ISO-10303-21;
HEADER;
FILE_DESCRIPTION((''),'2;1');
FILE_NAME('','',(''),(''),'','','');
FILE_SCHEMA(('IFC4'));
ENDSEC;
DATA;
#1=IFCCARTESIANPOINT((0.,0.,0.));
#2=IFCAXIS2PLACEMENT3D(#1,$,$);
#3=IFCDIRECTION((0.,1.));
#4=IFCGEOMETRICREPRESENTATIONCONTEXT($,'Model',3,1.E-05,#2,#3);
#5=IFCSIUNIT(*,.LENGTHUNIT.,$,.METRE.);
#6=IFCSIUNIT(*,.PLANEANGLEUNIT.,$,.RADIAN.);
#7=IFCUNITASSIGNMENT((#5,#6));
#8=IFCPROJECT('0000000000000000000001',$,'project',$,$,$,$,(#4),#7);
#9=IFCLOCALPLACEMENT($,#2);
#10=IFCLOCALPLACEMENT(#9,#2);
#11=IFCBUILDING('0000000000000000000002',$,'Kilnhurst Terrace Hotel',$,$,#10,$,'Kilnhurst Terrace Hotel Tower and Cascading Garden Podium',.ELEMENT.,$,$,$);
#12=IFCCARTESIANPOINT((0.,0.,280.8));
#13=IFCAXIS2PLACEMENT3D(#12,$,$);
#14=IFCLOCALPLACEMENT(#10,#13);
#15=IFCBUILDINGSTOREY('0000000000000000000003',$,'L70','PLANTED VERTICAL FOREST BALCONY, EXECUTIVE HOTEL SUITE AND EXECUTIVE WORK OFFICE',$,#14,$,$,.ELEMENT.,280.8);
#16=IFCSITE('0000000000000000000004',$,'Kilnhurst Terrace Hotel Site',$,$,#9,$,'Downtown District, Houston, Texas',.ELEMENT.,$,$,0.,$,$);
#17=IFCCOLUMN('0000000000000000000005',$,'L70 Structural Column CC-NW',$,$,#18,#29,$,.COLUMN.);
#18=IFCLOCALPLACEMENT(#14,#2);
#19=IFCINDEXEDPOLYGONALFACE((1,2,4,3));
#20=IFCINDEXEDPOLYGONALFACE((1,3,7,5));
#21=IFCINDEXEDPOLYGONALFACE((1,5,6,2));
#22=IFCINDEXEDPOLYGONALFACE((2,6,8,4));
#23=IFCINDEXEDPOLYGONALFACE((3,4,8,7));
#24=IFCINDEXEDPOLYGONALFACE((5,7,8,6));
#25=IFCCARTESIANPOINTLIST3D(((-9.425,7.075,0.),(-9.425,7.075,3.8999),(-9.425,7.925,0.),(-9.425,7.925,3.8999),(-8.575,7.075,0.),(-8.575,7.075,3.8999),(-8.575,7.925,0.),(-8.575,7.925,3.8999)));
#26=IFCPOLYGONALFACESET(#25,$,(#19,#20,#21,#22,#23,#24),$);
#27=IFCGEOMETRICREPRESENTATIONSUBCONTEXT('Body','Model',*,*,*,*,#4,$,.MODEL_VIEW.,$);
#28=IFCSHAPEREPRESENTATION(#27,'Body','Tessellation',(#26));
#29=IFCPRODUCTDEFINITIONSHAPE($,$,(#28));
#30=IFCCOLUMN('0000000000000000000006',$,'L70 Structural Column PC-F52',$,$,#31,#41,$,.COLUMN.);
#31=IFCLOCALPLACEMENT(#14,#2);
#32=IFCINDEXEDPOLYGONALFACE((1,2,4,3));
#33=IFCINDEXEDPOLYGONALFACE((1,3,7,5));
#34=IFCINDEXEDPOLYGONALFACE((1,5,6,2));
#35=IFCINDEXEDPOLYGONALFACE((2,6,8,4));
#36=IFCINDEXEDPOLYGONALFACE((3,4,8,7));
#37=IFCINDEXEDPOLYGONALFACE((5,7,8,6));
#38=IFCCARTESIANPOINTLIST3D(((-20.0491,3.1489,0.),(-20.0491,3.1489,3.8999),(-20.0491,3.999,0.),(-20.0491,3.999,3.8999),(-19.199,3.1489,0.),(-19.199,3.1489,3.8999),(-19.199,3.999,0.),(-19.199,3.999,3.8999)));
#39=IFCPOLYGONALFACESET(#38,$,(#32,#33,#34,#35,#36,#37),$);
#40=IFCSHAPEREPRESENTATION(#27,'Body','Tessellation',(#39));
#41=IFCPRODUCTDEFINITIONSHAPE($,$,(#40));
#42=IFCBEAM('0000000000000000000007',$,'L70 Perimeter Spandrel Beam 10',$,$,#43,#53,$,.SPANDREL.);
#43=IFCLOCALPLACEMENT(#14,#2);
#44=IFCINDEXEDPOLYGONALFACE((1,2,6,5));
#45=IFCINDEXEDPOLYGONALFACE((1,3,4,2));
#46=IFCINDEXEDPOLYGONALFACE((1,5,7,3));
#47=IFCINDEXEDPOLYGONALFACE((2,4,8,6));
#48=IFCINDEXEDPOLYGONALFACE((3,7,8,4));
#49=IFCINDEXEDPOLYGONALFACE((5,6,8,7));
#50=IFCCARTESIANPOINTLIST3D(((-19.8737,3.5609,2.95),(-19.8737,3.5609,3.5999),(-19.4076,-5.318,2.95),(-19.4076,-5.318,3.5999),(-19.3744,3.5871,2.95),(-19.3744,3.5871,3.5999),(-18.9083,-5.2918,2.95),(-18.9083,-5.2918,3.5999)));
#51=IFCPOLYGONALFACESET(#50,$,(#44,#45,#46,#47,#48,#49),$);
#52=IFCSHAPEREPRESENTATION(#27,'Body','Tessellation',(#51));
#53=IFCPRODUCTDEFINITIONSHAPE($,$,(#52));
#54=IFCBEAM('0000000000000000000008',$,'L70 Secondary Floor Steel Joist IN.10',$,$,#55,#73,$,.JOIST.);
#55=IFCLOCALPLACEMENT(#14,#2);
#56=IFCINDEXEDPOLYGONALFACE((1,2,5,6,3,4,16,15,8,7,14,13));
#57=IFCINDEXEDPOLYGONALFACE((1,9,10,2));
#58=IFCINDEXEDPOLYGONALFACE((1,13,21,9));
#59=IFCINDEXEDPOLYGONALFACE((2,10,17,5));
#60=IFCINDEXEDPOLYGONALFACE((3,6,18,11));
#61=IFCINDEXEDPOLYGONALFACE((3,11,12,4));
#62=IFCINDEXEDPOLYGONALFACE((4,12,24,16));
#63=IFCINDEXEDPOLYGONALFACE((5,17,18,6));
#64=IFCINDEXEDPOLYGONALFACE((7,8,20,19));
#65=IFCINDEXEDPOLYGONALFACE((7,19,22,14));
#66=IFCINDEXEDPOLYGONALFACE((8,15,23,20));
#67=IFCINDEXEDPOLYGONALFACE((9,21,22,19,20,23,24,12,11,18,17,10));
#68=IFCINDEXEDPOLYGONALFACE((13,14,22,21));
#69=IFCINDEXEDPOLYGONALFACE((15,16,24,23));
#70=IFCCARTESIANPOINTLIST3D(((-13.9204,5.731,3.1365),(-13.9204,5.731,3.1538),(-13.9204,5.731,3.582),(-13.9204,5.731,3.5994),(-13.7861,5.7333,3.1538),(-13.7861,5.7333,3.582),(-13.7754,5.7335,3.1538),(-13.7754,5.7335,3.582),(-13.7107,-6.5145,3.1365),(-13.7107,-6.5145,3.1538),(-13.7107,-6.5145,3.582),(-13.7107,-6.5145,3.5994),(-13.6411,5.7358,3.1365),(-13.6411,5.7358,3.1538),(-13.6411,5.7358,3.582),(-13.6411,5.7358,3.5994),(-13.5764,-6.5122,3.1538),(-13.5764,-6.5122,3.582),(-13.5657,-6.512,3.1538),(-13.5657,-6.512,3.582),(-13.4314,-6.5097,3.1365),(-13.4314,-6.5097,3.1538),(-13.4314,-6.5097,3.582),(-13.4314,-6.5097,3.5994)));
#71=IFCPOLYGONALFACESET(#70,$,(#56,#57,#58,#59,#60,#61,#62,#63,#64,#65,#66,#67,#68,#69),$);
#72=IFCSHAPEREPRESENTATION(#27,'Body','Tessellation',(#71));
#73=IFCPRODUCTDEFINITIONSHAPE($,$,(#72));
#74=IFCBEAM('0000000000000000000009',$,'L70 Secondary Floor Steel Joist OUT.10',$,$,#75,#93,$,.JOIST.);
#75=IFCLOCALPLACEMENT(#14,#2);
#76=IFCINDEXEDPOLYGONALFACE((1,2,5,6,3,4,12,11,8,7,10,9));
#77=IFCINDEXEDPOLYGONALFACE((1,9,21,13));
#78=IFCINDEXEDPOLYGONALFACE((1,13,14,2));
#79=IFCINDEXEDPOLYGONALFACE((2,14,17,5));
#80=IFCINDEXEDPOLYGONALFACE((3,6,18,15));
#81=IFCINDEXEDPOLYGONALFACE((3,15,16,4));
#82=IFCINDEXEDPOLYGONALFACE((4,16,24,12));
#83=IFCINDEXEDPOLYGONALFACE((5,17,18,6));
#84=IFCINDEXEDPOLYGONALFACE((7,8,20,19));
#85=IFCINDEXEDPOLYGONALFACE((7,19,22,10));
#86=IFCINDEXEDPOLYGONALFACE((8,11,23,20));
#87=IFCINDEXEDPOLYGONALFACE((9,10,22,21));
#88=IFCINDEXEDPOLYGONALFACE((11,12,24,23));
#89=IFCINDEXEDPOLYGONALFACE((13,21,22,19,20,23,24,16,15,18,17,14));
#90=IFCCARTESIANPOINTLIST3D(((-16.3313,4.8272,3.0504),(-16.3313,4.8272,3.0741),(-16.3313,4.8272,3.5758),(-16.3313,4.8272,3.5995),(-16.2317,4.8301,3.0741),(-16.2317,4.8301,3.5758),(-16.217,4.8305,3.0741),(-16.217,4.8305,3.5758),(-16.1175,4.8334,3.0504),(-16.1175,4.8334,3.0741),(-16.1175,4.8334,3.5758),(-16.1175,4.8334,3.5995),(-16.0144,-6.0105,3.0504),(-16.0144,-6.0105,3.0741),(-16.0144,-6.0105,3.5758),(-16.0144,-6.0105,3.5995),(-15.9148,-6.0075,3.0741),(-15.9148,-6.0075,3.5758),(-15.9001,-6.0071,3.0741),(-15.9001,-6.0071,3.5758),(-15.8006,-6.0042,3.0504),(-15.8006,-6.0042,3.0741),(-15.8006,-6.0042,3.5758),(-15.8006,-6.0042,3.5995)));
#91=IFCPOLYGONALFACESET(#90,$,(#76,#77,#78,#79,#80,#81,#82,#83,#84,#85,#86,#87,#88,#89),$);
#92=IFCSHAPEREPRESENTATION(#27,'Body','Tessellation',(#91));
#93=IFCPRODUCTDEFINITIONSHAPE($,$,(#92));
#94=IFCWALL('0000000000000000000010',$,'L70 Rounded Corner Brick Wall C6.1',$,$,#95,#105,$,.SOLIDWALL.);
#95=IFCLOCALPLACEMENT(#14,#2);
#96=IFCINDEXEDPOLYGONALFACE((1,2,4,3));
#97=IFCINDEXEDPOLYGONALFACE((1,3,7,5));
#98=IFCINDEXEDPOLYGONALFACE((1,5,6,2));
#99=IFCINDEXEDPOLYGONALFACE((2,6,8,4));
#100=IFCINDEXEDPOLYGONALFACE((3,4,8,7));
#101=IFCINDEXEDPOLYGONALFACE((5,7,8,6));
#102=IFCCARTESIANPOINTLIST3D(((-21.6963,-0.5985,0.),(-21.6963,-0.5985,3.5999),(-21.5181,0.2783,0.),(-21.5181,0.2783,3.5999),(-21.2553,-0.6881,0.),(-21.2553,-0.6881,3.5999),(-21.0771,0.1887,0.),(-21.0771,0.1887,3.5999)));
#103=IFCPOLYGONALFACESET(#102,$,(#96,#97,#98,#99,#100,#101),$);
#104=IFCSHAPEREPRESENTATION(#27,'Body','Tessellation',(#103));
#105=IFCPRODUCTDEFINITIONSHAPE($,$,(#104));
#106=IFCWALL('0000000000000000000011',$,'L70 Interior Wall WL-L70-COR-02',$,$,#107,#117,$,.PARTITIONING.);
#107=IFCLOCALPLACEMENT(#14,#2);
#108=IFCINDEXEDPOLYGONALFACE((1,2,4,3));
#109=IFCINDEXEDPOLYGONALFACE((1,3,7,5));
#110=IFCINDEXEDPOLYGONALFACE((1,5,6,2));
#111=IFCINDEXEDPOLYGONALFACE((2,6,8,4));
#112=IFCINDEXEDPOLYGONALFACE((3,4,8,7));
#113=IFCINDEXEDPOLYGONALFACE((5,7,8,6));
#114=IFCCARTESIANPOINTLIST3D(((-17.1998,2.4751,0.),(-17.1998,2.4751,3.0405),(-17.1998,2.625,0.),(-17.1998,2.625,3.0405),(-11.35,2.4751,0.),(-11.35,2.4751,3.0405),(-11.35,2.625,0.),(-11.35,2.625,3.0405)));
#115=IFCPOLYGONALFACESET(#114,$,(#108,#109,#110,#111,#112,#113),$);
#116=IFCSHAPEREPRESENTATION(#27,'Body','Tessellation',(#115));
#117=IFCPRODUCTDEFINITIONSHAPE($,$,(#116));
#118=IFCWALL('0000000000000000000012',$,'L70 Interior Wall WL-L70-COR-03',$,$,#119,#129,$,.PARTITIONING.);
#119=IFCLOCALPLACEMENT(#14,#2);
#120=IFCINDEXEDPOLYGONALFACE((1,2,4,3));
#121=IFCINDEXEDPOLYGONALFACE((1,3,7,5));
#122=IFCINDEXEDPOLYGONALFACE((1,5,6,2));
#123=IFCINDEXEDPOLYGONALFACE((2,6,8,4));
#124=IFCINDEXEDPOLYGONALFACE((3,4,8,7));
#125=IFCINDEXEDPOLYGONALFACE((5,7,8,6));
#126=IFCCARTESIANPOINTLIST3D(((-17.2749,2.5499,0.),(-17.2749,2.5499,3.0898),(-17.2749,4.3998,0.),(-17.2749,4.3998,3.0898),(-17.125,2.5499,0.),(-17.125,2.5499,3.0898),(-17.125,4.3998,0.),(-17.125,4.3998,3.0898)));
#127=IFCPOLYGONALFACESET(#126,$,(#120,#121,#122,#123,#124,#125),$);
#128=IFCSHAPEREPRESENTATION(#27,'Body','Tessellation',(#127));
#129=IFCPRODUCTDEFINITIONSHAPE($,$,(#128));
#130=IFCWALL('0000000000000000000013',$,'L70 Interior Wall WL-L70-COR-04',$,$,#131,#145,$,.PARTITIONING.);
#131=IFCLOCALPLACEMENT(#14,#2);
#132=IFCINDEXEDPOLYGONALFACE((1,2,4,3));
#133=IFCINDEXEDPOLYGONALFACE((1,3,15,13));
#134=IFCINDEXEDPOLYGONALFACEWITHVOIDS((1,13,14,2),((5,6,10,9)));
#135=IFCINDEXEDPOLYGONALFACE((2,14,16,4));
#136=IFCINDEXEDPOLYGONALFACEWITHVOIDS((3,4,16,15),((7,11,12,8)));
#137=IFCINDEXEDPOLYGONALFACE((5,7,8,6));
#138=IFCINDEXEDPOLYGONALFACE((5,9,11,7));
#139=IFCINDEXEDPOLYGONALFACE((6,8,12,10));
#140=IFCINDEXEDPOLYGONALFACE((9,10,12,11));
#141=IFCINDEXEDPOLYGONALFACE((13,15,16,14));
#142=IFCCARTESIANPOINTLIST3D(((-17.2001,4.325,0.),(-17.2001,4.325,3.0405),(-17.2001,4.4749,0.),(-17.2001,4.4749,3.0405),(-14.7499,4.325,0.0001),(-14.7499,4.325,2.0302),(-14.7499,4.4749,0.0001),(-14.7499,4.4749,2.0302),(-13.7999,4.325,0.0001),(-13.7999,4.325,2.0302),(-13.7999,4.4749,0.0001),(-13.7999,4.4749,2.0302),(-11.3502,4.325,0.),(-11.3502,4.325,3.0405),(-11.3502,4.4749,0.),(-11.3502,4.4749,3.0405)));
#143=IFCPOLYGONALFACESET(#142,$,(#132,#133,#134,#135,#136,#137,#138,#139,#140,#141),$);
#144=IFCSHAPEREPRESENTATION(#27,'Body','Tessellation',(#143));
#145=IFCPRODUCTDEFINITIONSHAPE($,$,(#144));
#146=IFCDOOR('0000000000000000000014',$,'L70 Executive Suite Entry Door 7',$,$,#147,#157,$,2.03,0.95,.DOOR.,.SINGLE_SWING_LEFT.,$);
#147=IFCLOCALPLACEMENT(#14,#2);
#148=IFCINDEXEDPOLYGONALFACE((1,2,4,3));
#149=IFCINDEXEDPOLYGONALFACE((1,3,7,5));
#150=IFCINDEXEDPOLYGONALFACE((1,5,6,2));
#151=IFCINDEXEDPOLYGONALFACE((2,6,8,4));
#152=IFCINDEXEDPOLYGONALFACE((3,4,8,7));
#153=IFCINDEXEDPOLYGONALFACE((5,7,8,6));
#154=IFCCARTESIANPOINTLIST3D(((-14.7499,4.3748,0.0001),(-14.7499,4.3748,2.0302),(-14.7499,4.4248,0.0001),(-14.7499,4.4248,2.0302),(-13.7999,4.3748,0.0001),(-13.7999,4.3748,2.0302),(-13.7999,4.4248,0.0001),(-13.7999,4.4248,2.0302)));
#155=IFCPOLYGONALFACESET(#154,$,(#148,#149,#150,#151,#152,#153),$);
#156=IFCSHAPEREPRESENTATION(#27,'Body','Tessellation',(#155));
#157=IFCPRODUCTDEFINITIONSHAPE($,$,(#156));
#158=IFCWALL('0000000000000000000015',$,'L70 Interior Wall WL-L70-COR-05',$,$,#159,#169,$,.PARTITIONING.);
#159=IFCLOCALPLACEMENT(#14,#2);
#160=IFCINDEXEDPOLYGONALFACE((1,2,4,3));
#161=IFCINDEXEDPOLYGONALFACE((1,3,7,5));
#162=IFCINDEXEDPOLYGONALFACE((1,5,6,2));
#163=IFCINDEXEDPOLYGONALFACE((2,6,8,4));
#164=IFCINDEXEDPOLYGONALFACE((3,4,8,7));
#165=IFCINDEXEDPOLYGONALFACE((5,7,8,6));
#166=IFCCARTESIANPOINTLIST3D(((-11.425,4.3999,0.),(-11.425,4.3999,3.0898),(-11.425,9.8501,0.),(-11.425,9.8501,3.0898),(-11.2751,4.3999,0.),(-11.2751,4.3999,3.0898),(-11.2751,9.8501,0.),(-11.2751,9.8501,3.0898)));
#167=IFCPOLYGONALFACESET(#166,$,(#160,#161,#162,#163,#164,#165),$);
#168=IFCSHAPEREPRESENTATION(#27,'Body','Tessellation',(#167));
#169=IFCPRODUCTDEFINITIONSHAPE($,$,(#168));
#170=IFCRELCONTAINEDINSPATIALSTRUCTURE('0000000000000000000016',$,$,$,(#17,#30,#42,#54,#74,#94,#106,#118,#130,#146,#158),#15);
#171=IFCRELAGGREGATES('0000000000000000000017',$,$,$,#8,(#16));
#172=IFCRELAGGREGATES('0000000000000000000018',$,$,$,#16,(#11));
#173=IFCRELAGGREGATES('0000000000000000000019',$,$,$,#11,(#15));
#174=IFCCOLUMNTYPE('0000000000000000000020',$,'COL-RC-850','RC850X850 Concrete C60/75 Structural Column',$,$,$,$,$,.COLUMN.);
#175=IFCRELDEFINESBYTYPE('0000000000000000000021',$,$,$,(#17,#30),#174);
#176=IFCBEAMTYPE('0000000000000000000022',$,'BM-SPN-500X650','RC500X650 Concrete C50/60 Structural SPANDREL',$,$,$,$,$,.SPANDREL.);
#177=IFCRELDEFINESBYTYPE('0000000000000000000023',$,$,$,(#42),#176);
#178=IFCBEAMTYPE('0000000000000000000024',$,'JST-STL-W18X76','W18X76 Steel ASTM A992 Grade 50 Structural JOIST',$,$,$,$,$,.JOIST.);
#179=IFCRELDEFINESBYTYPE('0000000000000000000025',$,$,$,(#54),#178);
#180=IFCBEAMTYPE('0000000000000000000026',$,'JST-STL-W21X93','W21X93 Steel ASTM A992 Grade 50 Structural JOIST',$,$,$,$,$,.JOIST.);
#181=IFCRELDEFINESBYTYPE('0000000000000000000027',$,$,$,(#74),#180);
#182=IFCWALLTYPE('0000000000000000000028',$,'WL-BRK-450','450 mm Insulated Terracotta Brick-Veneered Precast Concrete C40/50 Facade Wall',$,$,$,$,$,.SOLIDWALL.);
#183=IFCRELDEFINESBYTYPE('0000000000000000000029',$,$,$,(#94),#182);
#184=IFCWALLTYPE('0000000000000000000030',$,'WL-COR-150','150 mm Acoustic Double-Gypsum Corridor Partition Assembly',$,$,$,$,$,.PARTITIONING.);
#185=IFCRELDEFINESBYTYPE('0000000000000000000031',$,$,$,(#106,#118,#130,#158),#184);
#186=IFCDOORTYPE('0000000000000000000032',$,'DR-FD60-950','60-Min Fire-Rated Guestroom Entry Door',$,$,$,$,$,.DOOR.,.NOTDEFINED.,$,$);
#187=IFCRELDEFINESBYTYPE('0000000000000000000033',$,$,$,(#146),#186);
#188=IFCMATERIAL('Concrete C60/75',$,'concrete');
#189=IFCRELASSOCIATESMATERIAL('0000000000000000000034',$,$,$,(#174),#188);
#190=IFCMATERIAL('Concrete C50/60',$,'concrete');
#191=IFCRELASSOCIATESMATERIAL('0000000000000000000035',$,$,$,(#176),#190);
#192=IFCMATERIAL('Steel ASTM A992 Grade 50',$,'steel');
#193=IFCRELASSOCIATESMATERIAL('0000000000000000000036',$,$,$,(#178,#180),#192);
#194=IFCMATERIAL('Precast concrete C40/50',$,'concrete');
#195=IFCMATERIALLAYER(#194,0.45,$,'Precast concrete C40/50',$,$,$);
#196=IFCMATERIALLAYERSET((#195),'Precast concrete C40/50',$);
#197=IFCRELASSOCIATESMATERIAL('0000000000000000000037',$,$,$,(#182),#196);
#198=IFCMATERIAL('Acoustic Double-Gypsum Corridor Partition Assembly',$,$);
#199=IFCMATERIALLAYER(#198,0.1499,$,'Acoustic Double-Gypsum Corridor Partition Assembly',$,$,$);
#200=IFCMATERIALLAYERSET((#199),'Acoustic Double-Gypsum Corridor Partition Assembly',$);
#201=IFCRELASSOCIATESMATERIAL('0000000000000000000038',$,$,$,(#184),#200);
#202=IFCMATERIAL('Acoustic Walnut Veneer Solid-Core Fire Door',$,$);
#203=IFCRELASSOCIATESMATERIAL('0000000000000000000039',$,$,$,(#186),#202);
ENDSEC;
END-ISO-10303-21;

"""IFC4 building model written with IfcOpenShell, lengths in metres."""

from ifc_helpers import new_model, si_unit, direction, frame, frame_2d, origin, origin_2d, place, context, subcontext, project, spatial, rectangle, i_section, extrude, material, layer, layer_set, material_profile, profile_set, type_object, element, fill, save


model = new_model("IFC4")

# Units and contexts
model_context = context("Model", 3, precision=1e-05, world=origin(), true_north=direction((0.0, 1.0)))
body_context = subcontext(model_context, "Body", "Model", "MODEL_VIEW")
ifc_project = project(units=[si_unit("LENGTHUNIT", "METRE"), si_unit("PLANEANGLEUNIT", "RADIAN")], contexts=[model_context])

# Site, building, storey
site_placement = place(None, origin())
site = spatial("IfcSite", under=ifc_project, at=site_placement, Name="Kilnhurst Terrace Hotel Site", LongName="Downtown District, Houston, Texas", CompositionType="ELEMENT", RefElevation=0.0)
building_placement = place(site_placement, origin())
building = spatial("IfcBuilding", under=site, at=building_placement, Name="Kilnhurst Terrace Hotel", LongName="Kilnhurst Terrace Hotel Tower and Cascading Garden Podium", CompositionType="ELEMENT")
storey_placement = place(building_placement, frame((0.0, 0.0, 280.8)))
storey = spatial("IfcBuildingStorey", under=building, at=storey_placement, Name="L70", Description="PLANTED VERTICAL FOREST BALCONY, EXECUTIVE HOTEL SUITE AND EXECUTIVE WORK OFFICE", CompositionType="ELEMENT", Elevation=280.8)

# Columns
ifc_material_1 = material(Name="Concrete C60/75", Category="concrete")
ifc_material_profile_1 = material_profile(ifc_material_1, rectangle(XDim=0.8501, YDim=0.8501, at=origin_2d()), Name="RC850X850")
ifc_profile_set_1 = profile_set([ifc_material_profile_1], Name="Concrete C60/75")
column_type = type_object("IfcColumnType", Name="COL-RC-850", Description="RC850X850 Concrete C60/75 Structural Column", PredefinedType="COLUMN", material=ifc_profile_set_1)
for number, where, z_axis, x_axis, name in (
    (1, (-9.0, 7.5, 0.0), (0.0, 0.0, 1.0), (1.0, 0.0, 0.0), "L70 Structural Column CC-NW"),
    (2, (-19.624, 3.574, 0.0), (0.0, 0.0, 1.0), (1.0, 0.0, 0.0), "L70 Structural Column PC-F52"),
):
    element("IfcColumn", number, at=place(storey_placement, frame(where, z_axis=z_axis, x_axis=x_axis)), inside=storey, type_object=column_type, Name=name, PredefinedType="COLUMN", context=body_context, shape_type="SweptSolid", body=[
        extrude(rectangle(XDim=0.8501, YDim=0.8501, at=origin_2d()), origin(), (0.0, 0.0, 1.0), 3.8999),
    ])

# Beams
ifc_material_2 = material(Name="Concrete C50/60", Category="concrete")
ifc_material_profile_2 = material_profile(ifc_material_2, rectangle(XDim=0.5, YDim=0.6499, at=origin_2d()), Name="RC500X650")
ifc_profile_set_2 = profile_set([ifc_material_profile_2], Name="Concrete C50/60")
beam_type_1 = type_object("IfcBeamType", Name="BM-SPN-500X650", Description="RC500X650 Concrete C50/60 Structural SPANDREL", PredefinedType="SPANDREL", material=ifc_profile_set_2)
beam_1_placement = place(storey_placement, frame((-19.624, 3.574, 3.2749), z_axis=(0.052419, -0.998625, 0.0), x_axis=(0.998625, 0.052419, 0.0)))
element("IfcBeam", 3, at=beam_1_placement, inside=storey, type_object=beam_type_1, Name="L70 Perimeter Spandrel Beam 10", PredefinedType="SPANDREL", context=body_context, shape_type="SweptSolid", body=[
    extrude(rectangle(XDim=0.5, YDim=0.6499, at=origin_2d()), origin(), (0.0, 0.0, 1.0), 8.8911),
])
ifc_material_3 = material(Name="Steel ASTM A992 Grade 50", Category="steel")
ifc_material_profile_3 = material_profile(ifc_material_3, i_section(OverallWidth=0.2793, OverallDepth=0.4629, WebThickness=0.0107, FlangeThickness=0.0173, at=origin_2d()), Name="W18X76")
ifc_profile_set_3 = profile_set([ifc_material_profile_3], Name="Steel ASTM A992 Grade 50")
beam_type_2 = type_object("IfcBeamType", Name="JST-STL-W18X76", Description="W18X76 Steel ASTM A992 Grade 50 Structural JOIST", PredefinedType="JOIST", material=ifc_profile_set_3)
beam_2_placement = place(storey_placement, frame((-13.7808, 5.7334, 3.3679), z_axis=(0.017123, -0.999853, 0.0), x_axis=(0.999853, 0.017123, 0.0)))
element("IfcBeam", 4, at=beam_2_placement, inside=storey, type_object=beam_type_2, Name="L70 Secondary Floor Steel Joist IN.10", PredefinedType="JOIST", context=body_context, shape_type="SweptSolid", body=[
    extrude(i_section(OverallWidth=0.2793, OverallDepth=0.4629, WebThickness=0.0107, FlangeThickness=0.0173, at=origin_2d()), origin(), (0.0, 0.0, 1.0), 12.2473),
])
ifc_material_profile_4 = material_profile(ifc_material_3, i_section(OverallWidth=0.2139, OverallDepth=0.5491, WebThickness=0.0146, FlangeThickness=0.0237, at=origin_2d()), Name="W21X93")
ifc_profile_set_4 = profile_set([ifc_material_profile_4], Name="Steel ASTM A992 Grade 50")
beam_type_3 = type_object("IfcBeamType", Name="JST-STL-W21X93", Description="W21X93 Steel ASTM A992 Grade 50 Structural JOIST", PredefinedType="JOIST", material=ifc_profile_set_4)
beam_3_placement = place(storey_placement, frame((-16.2244, 4.8303, 3.325), z_axis=(0.029228, -0.999573, 0.0), x_axis=(0.999573, 0.029228, 0.0)))
element("IfcBeam", 5, at=beam_3_placement, inside=storey, type_object=beam_type_3, Name="L70 Secondary Floor Steel Joist OUT.10", PredefinedType="JOIST", context=body_context, shape_type="SweptSolid", body=[
    extrude(i_section(OverallWidth=0.2139, OverallDepth=0.5491, WebThickness=0.0146, FlangeThickness=0.0237, at=origin_2d()), origin(), (0.0, 0.0, 1.0), 10.8423),
])

# Walls
ifc_material_4 = material(Name="Precast concrete C40/50", Category="concrete")
ifc_layer_1 = layer(ifc_material_4, 0.45, Name="Precast concrete C40/50")
ifc_layer_set_1 = layer_set([ifc_layer_1], Name="Precast concrete C40/50")
wall_type_1 = type_object("IfcWallType", Name="WL-BRK-450", Description="450 mm Insulated Terracotta Brick-Veneered Precast Concrete C40/50 Facade Wall", PredefinedType="SOLIDWALL", material=ifc_layer_set_1)
wall_1_placement = place(storey_placement, frame((-21.2976, 0.2334, 0.0), z_axis=(0.0, 0.0, 1.0), x_axis=(-0.199158, -0.979967, 0.0)))
element("IfcWall", 6, at=wall_1_placement, inside=storey, type_object=wall_type_1, Name="L70 Rounded Corner Brick Wall C6.1", PredefinedType="SOLIDWALL", context=body_context, shape_type="SweptSolid", body=[
    extrude(rectangle(XDim=0.8948, YDim=0.45, at=frame_2d((0.4473, 0.0))), origin(), (0.0, 0.0, 1.0), 3.5999),
])
ifc_material_5 = material(Name="Acoustic Double-Gypsum Corridor Partition Assembly")
ifc_layer_2 = layer(ifc_material_5, 0.1499, Name="Acoustic Double-Gypsum Corridor Partition Assembly")
ifc_layer_set_2 = layer_set([ifc_layer_2], Name="Acoustic Double-Gypsum Corridor Partition Assembly")
wall_type_2 = type_object("IfcWallType", Name="WL-COR-150", Description="150 mm Acoustic Double-Gypsum Corridor Partition Assembly", PredefinedType="PARTITIONING", material=ifc_layer_set_2)
wall_2_placement = place(storey_placement, frame((-11.3501, 2.55, 0.0), z_axis=(0.0, 0.0, 1.0), x_axis=(-1.0, 0.0, 0.0)))
element("IfcWall", 7, at=wall_2_placement, inside=storey, type_object=wall_type_2, Name="L70 Interior Wall WL-L70-COR-02", PredefinedType="PARTITIONING", context=body_context, shape_type="SweptSolid", body=[
    extrude(rectangle(XDim=5.8499, YDim=0.1499, at=frame_2d((2.9248, 0.0))), origin(), (0.0, 0.0, 1.0), 3.0405),
])
wall_3_placement = place(storey_placement, frame((-17.2, 2.55, 0.0), z_axis=(0.0, 0.0, 1.0), x_axis=(0.0, 1.0, 0.0)))
element("IfcWall", 8, at=wall_3_placement, inside=storey, type_object=wall_type_2, Name="L70 Interior Wall WL-L70-COR-03", PredefinedType="PARTITIONING", context=body_context, shape_type="SweptSolid", body=[
    extrude(rectangle(XDim=1.8499, YDim=0.1499, at=frame_2d((0.9248, 0.0))), origin(), (0.0, 0.0, 1.0), 3.0898),
])

# Wall, opening, door
wall_4_placement = place(storey_placement, frame((-17.2, 4.3999, 0.0), z_axis=(0.0, 0.0, 1.0), x_axis=(1.0, 0.0, 0.0)))
wall_4 = element("IfcWall", 9, at=wall_4_placement, inside=storey, type_object=wall_type_2, Name="L70 Interior Wall WL-L70-COR-04", PredefinedType="PARTITIONING", context=body_context, shape_type="SweptSolid", body=[
    extrude(rectangle(XDim=5.8499, YDim=0.1499, at=frame_2d((2.9248, 0.0))), origin(), (0.0, 0.0, 1.0), 3.0405),
])
opening_1_placement = place(wall_4_placement, frame((2.45, 0.0, 0.0)))
opening_1 = element("IfcOpeningElement", 10, at=opening_1_placement, cuts=wall_4, PredefinedType="OPENING", context=body_context, shape_type="SweptSolid", body=[
    extrude(rectangle(XDim=0.95, YDim=2.03, at=frame_2d((0.4751, 1.0151))), frame((0.0, 0.085, 0.0), z_axis=(0.0, -1.0, 0.0), x_axis=(1.0, 0.0, 0.0)), (0.0, 0.0, 1.0), 0.1699),
])
ifc_material_6 = material(Name="Acoustic Walnut Veneer Solid-Core Fire Door")
door_type_1 = type_object("IfcDoorType", Name="DR-FD60-950", Description="60-Min Fire-Rated Guestroom Entry Door", OperationType="NOTDEFINED", PredefinedType="DOOR", material=ifc_material_6)
door_1_placement = place(opening_1_placement, origin())
door_1 = element("IfcDoor", 11, at=door_1_placement, inside=storey, type_object=door_type_1, Name="L70 Executive Suite Entry Door 7", OperationType="SINGLE_SWING_LEFT", OverallHeight=2.03, OverallWidth=0.95, PredefinedType="DOOR", context=body_context, shape_type="SweptSolid", body=[
    extrude(rectangle(XDim=0.95, YDim=2.03, at=frame_2d((0.4751, 1.0151))), frame((0.0, 0.0249, 0.0), z_axis=(0.0, -1.0, 0.0), x_axis=(1.0, 0.0, 0.0)), (0.0, 0.0, 1.0), 0.05),
])
fill(opening_1, door_1)

# Wall
wall_5_placement = place(storey_placement, frame((-11.3501, 4.3999, 0.0), z_axis=(0.0, 0.0, 1.0), x_axis=(0.0, 1.0, 0.0)))
element("IfcWall", 12, at=wall_5_placement, inside=storey, type_object=wall_type_2, Name="L70 Interior Wall WL-L70-COR-05", PredefinedType="PARTITIONING", context=body_context, shape_type="SweptSolid", body=[
    extrude(rectangle(XDim=5.4502, YDim=0.1499, at=frame_2d((2.7251, 0.0))), origin(), (0.0, 0.0, 1.0), 3.0898),
])

save(model, "model.ifc")
